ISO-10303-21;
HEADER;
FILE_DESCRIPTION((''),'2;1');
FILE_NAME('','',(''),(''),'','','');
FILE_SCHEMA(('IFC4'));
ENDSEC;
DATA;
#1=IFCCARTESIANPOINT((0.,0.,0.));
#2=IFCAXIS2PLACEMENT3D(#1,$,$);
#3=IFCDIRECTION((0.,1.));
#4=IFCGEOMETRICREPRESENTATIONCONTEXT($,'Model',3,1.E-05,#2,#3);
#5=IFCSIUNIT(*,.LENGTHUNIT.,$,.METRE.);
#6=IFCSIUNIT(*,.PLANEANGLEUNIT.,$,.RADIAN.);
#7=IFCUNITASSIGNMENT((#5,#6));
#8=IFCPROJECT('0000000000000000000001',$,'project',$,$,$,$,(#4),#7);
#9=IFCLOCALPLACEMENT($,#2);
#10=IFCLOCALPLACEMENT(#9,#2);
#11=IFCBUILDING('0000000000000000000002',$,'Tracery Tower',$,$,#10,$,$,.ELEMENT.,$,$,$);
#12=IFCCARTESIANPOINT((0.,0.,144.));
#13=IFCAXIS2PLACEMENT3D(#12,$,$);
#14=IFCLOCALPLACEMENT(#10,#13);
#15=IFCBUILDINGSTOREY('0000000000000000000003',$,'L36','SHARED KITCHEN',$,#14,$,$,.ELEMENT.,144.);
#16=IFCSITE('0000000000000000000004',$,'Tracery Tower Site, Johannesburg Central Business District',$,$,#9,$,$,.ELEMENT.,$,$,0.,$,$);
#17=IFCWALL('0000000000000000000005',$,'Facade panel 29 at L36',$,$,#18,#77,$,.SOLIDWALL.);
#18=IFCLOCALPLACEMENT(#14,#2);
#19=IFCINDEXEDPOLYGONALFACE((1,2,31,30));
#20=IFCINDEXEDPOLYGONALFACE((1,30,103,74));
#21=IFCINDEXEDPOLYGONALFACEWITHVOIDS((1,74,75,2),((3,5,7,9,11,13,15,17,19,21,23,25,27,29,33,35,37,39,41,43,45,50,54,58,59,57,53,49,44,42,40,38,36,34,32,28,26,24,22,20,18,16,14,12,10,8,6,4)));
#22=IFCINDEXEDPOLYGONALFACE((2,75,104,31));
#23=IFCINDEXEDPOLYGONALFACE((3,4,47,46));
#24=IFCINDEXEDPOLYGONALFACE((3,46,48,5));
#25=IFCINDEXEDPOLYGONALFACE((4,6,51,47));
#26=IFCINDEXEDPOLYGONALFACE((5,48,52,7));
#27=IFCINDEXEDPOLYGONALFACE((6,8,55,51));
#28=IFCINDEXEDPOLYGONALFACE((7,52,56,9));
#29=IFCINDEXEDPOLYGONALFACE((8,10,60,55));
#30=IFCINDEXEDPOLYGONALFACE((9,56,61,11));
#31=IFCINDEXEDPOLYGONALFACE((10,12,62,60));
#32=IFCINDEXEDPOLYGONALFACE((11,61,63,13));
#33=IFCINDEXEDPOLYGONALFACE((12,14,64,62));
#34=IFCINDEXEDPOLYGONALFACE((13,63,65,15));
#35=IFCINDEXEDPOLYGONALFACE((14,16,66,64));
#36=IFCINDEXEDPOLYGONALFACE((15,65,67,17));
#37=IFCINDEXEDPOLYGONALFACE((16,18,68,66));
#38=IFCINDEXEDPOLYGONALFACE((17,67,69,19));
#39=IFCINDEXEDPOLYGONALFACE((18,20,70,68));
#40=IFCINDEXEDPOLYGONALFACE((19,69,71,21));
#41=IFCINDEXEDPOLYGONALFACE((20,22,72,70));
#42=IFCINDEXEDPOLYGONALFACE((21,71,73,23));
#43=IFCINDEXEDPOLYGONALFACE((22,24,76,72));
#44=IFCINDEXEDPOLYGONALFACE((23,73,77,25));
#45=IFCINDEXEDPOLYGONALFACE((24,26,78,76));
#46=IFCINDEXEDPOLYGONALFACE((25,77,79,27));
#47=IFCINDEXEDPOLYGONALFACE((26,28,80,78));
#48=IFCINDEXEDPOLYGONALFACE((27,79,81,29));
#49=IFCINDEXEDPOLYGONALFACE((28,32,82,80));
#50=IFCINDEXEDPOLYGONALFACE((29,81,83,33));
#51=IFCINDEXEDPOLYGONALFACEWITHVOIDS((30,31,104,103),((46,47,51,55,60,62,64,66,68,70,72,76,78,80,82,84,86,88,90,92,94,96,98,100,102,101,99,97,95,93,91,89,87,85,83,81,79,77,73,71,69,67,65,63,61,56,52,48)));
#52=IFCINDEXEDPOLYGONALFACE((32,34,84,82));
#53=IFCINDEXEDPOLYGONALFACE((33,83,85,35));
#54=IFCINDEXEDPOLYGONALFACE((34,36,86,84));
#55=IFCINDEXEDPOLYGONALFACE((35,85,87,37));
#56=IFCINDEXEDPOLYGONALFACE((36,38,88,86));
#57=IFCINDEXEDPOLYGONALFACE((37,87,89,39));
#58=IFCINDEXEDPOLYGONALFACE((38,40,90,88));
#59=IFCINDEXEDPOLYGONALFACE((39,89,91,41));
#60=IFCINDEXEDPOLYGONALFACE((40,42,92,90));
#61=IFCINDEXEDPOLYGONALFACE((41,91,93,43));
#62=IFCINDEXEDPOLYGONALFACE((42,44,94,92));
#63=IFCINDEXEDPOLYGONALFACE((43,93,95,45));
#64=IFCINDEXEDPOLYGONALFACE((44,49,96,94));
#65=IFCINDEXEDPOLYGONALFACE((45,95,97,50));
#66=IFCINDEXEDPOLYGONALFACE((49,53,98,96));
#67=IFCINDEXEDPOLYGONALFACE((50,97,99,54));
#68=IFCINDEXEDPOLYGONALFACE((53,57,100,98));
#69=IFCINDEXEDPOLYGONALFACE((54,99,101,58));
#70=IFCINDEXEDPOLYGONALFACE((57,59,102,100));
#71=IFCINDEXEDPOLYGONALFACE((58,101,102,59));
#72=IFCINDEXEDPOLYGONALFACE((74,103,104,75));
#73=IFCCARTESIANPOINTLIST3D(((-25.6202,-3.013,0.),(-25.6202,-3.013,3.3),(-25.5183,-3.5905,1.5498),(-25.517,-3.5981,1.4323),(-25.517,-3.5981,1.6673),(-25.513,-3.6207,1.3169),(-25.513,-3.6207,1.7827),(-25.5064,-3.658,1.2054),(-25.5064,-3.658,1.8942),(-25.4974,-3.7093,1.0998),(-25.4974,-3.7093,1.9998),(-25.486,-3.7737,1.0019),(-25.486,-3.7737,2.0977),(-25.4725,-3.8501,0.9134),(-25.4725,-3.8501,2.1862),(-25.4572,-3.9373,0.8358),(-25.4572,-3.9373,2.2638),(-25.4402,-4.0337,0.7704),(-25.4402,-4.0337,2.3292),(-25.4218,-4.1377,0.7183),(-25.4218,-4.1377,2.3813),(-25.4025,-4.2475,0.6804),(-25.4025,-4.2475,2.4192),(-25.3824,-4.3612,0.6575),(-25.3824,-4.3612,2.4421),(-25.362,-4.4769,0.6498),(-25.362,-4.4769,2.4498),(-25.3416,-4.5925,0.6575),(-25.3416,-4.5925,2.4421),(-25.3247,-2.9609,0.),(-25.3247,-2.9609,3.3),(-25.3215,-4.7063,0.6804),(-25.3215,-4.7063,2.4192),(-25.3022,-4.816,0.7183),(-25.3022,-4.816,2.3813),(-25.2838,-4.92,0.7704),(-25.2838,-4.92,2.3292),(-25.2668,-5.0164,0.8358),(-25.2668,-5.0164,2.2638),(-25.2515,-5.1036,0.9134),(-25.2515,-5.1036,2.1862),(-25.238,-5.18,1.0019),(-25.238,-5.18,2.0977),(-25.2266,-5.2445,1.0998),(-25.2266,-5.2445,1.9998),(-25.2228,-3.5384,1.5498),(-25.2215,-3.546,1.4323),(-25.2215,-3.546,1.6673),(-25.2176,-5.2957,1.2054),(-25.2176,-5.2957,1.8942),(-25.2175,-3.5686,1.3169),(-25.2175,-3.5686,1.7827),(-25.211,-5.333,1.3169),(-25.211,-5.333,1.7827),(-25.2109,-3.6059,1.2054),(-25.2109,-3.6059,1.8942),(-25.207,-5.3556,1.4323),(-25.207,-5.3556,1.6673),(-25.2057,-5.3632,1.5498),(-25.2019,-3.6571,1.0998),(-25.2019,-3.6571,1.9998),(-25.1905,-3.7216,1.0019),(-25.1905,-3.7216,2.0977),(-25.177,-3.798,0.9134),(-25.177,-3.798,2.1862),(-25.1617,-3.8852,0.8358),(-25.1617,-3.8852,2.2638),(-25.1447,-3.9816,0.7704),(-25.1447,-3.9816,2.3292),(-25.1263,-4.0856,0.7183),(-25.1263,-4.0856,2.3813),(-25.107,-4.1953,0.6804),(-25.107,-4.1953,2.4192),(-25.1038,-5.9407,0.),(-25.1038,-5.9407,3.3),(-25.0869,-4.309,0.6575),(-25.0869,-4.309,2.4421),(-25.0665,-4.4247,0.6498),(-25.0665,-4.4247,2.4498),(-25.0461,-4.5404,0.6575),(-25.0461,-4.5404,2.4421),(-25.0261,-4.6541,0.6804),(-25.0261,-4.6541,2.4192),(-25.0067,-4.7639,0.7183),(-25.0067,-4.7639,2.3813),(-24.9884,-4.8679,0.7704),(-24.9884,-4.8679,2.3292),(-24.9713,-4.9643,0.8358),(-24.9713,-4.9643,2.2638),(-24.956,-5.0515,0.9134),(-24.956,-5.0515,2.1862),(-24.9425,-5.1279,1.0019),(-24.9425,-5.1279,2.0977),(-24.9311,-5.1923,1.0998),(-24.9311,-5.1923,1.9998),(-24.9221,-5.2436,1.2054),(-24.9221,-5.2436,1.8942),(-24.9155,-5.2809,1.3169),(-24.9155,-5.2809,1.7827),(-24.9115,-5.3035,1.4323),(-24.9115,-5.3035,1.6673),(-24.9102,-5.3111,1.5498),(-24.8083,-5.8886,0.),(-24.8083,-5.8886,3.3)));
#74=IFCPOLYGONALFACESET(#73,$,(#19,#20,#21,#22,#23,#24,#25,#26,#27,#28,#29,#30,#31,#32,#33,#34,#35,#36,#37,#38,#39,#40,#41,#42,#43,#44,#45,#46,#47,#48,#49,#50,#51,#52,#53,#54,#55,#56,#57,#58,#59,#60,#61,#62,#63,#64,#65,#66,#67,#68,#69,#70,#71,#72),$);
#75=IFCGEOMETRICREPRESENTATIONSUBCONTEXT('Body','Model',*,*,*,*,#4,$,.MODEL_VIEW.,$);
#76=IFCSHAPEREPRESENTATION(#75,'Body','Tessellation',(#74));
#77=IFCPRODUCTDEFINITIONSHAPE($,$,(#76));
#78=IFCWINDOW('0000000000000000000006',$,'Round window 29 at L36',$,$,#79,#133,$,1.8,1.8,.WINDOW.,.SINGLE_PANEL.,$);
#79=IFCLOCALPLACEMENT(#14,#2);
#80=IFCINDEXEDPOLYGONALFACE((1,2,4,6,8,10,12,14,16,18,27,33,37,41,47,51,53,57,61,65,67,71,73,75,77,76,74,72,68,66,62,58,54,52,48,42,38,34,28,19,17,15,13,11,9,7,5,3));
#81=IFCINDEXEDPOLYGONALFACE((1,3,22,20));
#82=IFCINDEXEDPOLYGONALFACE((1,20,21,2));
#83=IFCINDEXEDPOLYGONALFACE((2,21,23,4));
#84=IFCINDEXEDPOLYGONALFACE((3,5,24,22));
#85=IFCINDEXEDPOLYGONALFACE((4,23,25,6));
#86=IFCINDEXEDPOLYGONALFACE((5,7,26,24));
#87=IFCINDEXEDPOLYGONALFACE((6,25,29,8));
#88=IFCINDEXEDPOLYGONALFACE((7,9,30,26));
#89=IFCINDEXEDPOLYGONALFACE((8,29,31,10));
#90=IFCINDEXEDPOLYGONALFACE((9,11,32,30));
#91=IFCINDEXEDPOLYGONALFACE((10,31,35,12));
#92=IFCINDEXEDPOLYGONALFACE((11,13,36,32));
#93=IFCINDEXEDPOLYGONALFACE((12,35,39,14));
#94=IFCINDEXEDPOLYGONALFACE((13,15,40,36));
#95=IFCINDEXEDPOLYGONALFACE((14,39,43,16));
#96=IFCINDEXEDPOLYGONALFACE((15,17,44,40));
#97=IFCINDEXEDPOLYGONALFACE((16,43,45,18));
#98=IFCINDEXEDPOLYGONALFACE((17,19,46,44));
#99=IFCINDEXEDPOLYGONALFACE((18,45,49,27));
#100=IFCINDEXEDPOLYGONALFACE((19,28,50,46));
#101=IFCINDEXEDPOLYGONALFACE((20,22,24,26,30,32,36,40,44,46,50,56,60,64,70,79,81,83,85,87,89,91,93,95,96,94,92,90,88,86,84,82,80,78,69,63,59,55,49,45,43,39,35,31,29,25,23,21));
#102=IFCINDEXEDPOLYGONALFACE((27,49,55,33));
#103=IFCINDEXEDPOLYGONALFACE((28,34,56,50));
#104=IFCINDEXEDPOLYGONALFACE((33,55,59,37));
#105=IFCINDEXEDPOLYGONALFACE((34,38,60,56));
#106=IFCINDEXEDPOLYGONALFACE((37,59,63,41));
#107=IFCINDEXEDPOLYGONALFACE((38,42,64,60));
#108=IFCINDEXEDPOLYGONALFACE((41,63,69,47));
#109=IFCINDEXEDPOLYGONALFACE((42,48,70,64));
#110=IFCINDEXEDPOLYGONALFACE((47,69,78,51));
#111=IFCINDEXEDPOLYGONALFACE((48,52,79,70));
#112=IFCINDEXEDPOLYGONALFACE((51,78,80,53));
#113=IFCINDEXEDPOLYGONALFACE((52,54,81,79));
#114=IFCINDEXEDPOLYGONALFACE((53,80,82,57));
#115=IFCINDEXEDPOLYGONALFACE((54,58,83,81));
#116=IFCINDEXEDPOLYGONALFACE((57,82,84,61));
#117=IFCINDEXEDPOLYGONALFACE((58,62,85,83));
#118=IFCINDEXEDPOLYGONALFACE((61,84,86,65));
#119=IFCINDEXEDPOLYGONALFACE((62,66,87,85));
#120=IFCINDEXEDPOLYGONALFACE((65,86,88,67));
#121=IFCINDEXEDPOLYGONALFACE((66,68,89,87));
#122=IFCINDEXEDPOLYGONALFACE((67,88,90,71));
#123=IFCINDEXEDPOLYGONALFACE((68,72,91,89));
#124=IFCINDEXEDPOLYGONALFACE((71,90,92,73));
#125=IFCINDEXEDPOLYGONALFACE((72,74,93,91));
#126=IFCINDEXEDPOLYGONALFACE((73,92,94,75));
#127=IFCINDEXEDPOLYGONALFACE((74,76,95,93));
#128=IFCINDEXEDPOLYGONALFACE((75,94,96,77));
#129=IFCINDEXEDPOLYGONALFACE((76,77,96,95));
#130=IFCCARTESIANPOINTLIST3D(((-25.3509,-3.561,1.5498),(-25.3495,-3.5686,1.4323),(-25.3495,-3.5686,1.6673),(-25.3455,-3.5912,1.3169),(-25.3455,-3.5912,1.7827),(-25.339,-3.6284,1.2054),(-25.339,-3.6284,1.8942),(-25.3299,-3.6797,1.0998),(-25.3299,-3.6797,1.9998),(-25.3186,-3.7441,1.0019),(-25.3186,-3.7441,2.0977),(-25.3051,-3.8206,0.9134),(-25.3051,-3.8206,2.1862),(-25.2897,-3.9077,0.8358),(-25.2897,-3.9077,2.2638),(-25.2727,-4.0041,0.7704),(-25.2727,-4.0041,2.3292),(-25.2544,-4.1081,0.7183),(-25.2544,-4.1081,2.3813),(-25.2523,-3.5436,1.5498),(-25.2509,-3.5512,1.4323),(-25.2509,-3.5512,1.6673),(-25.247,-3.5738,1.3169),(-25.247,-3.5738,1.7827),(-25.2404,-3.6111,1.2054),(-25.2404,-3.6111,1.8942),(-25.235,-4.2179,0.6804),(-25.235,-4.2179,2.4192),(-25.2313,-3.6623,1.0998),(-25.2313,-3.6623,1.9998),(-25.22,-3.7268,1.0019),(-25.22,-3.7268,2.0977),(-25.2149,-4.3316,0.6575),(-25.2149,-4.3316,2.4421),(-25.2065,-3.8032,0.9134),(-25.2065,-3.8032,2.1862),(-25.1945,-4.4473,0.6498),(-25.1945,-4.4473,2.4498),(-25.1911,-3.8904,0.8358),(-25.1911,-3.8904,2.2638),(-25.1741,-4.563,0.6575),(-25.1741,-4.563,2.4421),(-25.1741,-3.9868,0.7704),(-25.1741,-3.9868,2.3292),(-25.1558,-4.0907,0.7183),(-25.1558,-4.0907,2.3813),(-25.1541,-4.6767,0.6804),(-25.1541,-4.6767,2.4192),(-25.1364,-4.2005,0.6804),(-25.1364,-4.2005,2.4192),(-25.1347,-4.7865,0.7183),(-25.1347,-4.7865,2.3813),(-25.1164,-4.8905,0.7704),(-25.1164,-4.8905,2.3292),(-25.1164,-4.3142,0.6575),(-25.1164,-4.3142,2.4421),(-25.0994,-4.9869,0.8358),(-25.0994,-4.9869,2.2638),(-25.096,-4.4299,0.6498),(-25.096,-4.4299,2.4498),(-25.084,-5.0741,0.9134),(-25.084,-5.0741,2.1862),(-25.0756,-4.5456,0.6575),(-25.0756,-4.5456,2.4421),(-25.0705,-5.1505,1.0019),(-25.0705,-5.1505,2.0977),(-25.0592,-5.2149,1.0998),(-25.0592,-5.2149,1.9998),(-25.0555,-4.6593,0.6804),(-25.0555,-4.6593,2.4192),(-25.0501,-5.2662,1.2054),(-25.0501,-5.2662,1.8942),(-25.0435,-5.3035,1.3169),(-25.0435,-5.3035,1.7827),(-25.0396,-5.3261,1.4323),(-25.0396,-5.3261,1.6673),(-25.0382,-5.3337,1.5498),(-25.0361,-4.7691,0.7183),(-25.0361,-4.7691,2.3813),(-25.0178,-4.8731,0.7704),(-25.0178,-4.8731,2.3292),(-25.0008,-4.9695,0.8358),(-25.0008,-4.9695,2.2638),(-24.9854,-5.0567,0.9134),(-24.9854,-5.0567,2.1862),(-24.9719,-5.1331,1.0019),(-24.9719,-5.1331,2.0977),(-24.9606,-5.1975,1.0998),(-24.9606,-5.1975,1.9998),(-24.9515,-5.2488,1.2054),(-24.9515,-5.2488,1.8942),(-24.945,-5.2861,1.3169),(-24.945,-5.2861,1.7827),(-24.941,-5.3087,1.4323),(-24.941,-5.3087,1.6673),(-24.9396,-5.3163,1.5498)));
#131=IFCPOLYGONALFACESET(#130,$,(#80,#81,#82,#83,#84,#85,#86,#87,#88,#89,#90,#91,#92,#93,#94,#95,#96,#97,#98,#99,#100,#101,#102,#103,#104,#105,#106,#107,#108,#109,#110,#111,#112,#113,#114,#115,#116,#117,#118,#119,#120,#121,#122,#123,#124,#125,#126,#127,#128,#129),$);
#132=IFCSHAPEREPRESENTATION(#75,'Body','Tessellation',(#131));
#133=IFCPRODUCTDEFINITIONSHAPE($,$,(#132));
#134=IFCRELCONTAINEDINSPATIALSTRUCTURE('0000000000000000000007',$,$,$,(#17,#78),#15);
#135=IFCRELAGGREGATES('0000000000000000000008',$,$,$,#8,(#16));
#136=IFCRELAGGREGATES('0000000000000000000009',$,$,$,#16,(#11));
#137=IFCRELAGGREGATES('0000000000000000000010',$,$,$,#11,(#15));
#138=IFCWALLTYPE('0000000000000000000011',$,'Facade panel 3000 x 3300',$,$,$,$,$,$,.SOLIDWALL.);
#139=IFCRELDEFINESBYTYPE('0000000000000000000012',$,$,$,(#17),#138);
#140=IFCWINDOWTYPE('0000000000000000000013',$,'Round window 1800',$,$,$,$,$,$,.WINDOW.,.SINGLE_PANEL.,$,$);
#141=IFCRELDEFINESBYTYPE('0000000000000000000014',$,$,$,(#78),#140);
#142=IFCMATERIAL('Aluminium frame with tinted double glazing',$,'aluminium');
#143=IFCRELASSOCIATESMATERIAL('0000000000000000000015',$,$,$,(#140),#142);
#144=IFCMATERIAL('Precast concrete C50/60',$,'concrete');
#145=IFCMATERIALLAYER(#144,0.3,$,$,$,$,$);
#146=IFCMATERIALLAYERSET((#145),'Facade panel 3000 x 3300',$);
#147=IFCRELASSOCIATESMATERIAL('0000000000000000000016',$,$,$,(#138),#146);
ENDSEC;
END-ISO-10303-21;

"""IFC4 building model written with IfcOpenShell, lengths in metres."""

from ifc_helpers import new_model, si_unit, direction, frame, frame_2d, origin, origin_2d, place, context, subcontext, project, spatial, rectangle, circle, extrude, material, layer, layer_set, type_object, element, fill, save


model = new_model("IFC4")

# Units and contexts
model_context = context("Model", 3, precision=1e-05, world=origin(), true_north=direction((0.0, 1.0)))
body_context = subcontext(model_context, "Body", "Model", "MODEL_VIEW")
ifc_project = project(units=[si_unit("LENGTHUNIT", "METRE"), si_unit("PLANEANGLEUNIT", "RADIAN")], contexts=[model_context])

# Site, building, storey
site_placement = place(None, origin())
site = spatial("IfcSite", under=ifc_project, at=site_placement, Name="Tracery Tower Site, Johannesburg Central Business District", CompositionType="ELEMENT", RefElevation=0.0)
building_placement = place(site_placement, origin())
building = spatial("IfcBuilding", under=site, at=building_placement, Name="Tracery Tower", CompositionType="ELEMENT")
storey_placement = place(building_placement, frame((0.0, 0.0, 144.0)))
storey = spatial("IfcBuildingStorey", under=building, at=storey_placement, Name="L36", Description="SHARED KITCHEN", CompositionType="ELEMENT", Elevation=144.0)

# Wall, opening, window
ifc_material_1 = material(Name="Aluminium frame with tinted double glazing", Category="aluminium")
window_type = type_object("IfcWindowType", Name="Round window 1800", PartitioningType="SINGLE_PANEL", PredefinedType="WINDOW", material=ifc_material_1)
ifc_material_2 = material(Name="Precast concrete C50/60", Category="concrete")
ifc_layer_1 = layer(ifc_material_2, 0.3)
ifc_layer_set_1 = layer_set([ifc_layer_1], Name="Facade panel 3000 x 3300")
wall_type_1 = type_object("IfcWallType", Name="Facade panel 3000 x 3300", PredefinedType="SOLIDWALL", material=ifc_layer_set_1)
wall_1_placement = place(storey_placement, frame((-25.4724, -2.9871, 0.0), z_axis=(0.0, 0.0, 1.0), x_axis=(0.173687, -0.984801, 0.0)))
wall_1 = element("IfcWall", 1, at=wall_1_placement, inside=storey, type_object=wall_type_1, Name="Facade panel 29 at L36", PredefinedType="SOLIDWALL", context=body_context, shape_type="SweptSolid", body=[
    extrude(rectangle(XDim=2.9729, YDim=0.3, at=frame_2d((1.4863, 0.0))), origin(), (0.0, 0.0, 1.0), 3.3),
])
opening_1_placement = place(wall_1_placement, frame((1.4863, 0.0, 1.5498)))
opening_1 = element("IfcOpeningElement", 2, at=opening_1_placement, cuts=wall_1, PredefinedType="OPENING", context=body_context, shape_type="SweptSolid", body=[
    extrude(circle(Radius=0.9, at=origin_2d()), frame((0.0, 0.1599, 0.0), z_axis=(0.0, -1.0, 0.0), x_axis=(1.0, 0.0, 0.0)), (0.0, 0.0, 1.0), 0.3201),
])
window_1_placement = place(opening_1_placement, origin())
window_1 = element("IfcWindow", 3, at=window_1_placement, inside=storey, type_object=window_type, Name="Round window 29 at L36", OverallHeight=1.8, OverallWidth=1.8, PartitioningType="SINGLE_PANEL", PredefinedType="WINDOW", context=body_context, shape_type="SweptSolid", body=[
    extrude(circle(Radius=0.9, at=origin_2d()), frame((0.0, 0.1201, 0.0), z_axis=(0.0, -1.0, 0.0), x_axis=(1.0, 0.0, 0.0)), (0.0, 0.0, 1.0), 0.1001),
])
fill(opening_1, window_1)

save(model, "model.ifc")
